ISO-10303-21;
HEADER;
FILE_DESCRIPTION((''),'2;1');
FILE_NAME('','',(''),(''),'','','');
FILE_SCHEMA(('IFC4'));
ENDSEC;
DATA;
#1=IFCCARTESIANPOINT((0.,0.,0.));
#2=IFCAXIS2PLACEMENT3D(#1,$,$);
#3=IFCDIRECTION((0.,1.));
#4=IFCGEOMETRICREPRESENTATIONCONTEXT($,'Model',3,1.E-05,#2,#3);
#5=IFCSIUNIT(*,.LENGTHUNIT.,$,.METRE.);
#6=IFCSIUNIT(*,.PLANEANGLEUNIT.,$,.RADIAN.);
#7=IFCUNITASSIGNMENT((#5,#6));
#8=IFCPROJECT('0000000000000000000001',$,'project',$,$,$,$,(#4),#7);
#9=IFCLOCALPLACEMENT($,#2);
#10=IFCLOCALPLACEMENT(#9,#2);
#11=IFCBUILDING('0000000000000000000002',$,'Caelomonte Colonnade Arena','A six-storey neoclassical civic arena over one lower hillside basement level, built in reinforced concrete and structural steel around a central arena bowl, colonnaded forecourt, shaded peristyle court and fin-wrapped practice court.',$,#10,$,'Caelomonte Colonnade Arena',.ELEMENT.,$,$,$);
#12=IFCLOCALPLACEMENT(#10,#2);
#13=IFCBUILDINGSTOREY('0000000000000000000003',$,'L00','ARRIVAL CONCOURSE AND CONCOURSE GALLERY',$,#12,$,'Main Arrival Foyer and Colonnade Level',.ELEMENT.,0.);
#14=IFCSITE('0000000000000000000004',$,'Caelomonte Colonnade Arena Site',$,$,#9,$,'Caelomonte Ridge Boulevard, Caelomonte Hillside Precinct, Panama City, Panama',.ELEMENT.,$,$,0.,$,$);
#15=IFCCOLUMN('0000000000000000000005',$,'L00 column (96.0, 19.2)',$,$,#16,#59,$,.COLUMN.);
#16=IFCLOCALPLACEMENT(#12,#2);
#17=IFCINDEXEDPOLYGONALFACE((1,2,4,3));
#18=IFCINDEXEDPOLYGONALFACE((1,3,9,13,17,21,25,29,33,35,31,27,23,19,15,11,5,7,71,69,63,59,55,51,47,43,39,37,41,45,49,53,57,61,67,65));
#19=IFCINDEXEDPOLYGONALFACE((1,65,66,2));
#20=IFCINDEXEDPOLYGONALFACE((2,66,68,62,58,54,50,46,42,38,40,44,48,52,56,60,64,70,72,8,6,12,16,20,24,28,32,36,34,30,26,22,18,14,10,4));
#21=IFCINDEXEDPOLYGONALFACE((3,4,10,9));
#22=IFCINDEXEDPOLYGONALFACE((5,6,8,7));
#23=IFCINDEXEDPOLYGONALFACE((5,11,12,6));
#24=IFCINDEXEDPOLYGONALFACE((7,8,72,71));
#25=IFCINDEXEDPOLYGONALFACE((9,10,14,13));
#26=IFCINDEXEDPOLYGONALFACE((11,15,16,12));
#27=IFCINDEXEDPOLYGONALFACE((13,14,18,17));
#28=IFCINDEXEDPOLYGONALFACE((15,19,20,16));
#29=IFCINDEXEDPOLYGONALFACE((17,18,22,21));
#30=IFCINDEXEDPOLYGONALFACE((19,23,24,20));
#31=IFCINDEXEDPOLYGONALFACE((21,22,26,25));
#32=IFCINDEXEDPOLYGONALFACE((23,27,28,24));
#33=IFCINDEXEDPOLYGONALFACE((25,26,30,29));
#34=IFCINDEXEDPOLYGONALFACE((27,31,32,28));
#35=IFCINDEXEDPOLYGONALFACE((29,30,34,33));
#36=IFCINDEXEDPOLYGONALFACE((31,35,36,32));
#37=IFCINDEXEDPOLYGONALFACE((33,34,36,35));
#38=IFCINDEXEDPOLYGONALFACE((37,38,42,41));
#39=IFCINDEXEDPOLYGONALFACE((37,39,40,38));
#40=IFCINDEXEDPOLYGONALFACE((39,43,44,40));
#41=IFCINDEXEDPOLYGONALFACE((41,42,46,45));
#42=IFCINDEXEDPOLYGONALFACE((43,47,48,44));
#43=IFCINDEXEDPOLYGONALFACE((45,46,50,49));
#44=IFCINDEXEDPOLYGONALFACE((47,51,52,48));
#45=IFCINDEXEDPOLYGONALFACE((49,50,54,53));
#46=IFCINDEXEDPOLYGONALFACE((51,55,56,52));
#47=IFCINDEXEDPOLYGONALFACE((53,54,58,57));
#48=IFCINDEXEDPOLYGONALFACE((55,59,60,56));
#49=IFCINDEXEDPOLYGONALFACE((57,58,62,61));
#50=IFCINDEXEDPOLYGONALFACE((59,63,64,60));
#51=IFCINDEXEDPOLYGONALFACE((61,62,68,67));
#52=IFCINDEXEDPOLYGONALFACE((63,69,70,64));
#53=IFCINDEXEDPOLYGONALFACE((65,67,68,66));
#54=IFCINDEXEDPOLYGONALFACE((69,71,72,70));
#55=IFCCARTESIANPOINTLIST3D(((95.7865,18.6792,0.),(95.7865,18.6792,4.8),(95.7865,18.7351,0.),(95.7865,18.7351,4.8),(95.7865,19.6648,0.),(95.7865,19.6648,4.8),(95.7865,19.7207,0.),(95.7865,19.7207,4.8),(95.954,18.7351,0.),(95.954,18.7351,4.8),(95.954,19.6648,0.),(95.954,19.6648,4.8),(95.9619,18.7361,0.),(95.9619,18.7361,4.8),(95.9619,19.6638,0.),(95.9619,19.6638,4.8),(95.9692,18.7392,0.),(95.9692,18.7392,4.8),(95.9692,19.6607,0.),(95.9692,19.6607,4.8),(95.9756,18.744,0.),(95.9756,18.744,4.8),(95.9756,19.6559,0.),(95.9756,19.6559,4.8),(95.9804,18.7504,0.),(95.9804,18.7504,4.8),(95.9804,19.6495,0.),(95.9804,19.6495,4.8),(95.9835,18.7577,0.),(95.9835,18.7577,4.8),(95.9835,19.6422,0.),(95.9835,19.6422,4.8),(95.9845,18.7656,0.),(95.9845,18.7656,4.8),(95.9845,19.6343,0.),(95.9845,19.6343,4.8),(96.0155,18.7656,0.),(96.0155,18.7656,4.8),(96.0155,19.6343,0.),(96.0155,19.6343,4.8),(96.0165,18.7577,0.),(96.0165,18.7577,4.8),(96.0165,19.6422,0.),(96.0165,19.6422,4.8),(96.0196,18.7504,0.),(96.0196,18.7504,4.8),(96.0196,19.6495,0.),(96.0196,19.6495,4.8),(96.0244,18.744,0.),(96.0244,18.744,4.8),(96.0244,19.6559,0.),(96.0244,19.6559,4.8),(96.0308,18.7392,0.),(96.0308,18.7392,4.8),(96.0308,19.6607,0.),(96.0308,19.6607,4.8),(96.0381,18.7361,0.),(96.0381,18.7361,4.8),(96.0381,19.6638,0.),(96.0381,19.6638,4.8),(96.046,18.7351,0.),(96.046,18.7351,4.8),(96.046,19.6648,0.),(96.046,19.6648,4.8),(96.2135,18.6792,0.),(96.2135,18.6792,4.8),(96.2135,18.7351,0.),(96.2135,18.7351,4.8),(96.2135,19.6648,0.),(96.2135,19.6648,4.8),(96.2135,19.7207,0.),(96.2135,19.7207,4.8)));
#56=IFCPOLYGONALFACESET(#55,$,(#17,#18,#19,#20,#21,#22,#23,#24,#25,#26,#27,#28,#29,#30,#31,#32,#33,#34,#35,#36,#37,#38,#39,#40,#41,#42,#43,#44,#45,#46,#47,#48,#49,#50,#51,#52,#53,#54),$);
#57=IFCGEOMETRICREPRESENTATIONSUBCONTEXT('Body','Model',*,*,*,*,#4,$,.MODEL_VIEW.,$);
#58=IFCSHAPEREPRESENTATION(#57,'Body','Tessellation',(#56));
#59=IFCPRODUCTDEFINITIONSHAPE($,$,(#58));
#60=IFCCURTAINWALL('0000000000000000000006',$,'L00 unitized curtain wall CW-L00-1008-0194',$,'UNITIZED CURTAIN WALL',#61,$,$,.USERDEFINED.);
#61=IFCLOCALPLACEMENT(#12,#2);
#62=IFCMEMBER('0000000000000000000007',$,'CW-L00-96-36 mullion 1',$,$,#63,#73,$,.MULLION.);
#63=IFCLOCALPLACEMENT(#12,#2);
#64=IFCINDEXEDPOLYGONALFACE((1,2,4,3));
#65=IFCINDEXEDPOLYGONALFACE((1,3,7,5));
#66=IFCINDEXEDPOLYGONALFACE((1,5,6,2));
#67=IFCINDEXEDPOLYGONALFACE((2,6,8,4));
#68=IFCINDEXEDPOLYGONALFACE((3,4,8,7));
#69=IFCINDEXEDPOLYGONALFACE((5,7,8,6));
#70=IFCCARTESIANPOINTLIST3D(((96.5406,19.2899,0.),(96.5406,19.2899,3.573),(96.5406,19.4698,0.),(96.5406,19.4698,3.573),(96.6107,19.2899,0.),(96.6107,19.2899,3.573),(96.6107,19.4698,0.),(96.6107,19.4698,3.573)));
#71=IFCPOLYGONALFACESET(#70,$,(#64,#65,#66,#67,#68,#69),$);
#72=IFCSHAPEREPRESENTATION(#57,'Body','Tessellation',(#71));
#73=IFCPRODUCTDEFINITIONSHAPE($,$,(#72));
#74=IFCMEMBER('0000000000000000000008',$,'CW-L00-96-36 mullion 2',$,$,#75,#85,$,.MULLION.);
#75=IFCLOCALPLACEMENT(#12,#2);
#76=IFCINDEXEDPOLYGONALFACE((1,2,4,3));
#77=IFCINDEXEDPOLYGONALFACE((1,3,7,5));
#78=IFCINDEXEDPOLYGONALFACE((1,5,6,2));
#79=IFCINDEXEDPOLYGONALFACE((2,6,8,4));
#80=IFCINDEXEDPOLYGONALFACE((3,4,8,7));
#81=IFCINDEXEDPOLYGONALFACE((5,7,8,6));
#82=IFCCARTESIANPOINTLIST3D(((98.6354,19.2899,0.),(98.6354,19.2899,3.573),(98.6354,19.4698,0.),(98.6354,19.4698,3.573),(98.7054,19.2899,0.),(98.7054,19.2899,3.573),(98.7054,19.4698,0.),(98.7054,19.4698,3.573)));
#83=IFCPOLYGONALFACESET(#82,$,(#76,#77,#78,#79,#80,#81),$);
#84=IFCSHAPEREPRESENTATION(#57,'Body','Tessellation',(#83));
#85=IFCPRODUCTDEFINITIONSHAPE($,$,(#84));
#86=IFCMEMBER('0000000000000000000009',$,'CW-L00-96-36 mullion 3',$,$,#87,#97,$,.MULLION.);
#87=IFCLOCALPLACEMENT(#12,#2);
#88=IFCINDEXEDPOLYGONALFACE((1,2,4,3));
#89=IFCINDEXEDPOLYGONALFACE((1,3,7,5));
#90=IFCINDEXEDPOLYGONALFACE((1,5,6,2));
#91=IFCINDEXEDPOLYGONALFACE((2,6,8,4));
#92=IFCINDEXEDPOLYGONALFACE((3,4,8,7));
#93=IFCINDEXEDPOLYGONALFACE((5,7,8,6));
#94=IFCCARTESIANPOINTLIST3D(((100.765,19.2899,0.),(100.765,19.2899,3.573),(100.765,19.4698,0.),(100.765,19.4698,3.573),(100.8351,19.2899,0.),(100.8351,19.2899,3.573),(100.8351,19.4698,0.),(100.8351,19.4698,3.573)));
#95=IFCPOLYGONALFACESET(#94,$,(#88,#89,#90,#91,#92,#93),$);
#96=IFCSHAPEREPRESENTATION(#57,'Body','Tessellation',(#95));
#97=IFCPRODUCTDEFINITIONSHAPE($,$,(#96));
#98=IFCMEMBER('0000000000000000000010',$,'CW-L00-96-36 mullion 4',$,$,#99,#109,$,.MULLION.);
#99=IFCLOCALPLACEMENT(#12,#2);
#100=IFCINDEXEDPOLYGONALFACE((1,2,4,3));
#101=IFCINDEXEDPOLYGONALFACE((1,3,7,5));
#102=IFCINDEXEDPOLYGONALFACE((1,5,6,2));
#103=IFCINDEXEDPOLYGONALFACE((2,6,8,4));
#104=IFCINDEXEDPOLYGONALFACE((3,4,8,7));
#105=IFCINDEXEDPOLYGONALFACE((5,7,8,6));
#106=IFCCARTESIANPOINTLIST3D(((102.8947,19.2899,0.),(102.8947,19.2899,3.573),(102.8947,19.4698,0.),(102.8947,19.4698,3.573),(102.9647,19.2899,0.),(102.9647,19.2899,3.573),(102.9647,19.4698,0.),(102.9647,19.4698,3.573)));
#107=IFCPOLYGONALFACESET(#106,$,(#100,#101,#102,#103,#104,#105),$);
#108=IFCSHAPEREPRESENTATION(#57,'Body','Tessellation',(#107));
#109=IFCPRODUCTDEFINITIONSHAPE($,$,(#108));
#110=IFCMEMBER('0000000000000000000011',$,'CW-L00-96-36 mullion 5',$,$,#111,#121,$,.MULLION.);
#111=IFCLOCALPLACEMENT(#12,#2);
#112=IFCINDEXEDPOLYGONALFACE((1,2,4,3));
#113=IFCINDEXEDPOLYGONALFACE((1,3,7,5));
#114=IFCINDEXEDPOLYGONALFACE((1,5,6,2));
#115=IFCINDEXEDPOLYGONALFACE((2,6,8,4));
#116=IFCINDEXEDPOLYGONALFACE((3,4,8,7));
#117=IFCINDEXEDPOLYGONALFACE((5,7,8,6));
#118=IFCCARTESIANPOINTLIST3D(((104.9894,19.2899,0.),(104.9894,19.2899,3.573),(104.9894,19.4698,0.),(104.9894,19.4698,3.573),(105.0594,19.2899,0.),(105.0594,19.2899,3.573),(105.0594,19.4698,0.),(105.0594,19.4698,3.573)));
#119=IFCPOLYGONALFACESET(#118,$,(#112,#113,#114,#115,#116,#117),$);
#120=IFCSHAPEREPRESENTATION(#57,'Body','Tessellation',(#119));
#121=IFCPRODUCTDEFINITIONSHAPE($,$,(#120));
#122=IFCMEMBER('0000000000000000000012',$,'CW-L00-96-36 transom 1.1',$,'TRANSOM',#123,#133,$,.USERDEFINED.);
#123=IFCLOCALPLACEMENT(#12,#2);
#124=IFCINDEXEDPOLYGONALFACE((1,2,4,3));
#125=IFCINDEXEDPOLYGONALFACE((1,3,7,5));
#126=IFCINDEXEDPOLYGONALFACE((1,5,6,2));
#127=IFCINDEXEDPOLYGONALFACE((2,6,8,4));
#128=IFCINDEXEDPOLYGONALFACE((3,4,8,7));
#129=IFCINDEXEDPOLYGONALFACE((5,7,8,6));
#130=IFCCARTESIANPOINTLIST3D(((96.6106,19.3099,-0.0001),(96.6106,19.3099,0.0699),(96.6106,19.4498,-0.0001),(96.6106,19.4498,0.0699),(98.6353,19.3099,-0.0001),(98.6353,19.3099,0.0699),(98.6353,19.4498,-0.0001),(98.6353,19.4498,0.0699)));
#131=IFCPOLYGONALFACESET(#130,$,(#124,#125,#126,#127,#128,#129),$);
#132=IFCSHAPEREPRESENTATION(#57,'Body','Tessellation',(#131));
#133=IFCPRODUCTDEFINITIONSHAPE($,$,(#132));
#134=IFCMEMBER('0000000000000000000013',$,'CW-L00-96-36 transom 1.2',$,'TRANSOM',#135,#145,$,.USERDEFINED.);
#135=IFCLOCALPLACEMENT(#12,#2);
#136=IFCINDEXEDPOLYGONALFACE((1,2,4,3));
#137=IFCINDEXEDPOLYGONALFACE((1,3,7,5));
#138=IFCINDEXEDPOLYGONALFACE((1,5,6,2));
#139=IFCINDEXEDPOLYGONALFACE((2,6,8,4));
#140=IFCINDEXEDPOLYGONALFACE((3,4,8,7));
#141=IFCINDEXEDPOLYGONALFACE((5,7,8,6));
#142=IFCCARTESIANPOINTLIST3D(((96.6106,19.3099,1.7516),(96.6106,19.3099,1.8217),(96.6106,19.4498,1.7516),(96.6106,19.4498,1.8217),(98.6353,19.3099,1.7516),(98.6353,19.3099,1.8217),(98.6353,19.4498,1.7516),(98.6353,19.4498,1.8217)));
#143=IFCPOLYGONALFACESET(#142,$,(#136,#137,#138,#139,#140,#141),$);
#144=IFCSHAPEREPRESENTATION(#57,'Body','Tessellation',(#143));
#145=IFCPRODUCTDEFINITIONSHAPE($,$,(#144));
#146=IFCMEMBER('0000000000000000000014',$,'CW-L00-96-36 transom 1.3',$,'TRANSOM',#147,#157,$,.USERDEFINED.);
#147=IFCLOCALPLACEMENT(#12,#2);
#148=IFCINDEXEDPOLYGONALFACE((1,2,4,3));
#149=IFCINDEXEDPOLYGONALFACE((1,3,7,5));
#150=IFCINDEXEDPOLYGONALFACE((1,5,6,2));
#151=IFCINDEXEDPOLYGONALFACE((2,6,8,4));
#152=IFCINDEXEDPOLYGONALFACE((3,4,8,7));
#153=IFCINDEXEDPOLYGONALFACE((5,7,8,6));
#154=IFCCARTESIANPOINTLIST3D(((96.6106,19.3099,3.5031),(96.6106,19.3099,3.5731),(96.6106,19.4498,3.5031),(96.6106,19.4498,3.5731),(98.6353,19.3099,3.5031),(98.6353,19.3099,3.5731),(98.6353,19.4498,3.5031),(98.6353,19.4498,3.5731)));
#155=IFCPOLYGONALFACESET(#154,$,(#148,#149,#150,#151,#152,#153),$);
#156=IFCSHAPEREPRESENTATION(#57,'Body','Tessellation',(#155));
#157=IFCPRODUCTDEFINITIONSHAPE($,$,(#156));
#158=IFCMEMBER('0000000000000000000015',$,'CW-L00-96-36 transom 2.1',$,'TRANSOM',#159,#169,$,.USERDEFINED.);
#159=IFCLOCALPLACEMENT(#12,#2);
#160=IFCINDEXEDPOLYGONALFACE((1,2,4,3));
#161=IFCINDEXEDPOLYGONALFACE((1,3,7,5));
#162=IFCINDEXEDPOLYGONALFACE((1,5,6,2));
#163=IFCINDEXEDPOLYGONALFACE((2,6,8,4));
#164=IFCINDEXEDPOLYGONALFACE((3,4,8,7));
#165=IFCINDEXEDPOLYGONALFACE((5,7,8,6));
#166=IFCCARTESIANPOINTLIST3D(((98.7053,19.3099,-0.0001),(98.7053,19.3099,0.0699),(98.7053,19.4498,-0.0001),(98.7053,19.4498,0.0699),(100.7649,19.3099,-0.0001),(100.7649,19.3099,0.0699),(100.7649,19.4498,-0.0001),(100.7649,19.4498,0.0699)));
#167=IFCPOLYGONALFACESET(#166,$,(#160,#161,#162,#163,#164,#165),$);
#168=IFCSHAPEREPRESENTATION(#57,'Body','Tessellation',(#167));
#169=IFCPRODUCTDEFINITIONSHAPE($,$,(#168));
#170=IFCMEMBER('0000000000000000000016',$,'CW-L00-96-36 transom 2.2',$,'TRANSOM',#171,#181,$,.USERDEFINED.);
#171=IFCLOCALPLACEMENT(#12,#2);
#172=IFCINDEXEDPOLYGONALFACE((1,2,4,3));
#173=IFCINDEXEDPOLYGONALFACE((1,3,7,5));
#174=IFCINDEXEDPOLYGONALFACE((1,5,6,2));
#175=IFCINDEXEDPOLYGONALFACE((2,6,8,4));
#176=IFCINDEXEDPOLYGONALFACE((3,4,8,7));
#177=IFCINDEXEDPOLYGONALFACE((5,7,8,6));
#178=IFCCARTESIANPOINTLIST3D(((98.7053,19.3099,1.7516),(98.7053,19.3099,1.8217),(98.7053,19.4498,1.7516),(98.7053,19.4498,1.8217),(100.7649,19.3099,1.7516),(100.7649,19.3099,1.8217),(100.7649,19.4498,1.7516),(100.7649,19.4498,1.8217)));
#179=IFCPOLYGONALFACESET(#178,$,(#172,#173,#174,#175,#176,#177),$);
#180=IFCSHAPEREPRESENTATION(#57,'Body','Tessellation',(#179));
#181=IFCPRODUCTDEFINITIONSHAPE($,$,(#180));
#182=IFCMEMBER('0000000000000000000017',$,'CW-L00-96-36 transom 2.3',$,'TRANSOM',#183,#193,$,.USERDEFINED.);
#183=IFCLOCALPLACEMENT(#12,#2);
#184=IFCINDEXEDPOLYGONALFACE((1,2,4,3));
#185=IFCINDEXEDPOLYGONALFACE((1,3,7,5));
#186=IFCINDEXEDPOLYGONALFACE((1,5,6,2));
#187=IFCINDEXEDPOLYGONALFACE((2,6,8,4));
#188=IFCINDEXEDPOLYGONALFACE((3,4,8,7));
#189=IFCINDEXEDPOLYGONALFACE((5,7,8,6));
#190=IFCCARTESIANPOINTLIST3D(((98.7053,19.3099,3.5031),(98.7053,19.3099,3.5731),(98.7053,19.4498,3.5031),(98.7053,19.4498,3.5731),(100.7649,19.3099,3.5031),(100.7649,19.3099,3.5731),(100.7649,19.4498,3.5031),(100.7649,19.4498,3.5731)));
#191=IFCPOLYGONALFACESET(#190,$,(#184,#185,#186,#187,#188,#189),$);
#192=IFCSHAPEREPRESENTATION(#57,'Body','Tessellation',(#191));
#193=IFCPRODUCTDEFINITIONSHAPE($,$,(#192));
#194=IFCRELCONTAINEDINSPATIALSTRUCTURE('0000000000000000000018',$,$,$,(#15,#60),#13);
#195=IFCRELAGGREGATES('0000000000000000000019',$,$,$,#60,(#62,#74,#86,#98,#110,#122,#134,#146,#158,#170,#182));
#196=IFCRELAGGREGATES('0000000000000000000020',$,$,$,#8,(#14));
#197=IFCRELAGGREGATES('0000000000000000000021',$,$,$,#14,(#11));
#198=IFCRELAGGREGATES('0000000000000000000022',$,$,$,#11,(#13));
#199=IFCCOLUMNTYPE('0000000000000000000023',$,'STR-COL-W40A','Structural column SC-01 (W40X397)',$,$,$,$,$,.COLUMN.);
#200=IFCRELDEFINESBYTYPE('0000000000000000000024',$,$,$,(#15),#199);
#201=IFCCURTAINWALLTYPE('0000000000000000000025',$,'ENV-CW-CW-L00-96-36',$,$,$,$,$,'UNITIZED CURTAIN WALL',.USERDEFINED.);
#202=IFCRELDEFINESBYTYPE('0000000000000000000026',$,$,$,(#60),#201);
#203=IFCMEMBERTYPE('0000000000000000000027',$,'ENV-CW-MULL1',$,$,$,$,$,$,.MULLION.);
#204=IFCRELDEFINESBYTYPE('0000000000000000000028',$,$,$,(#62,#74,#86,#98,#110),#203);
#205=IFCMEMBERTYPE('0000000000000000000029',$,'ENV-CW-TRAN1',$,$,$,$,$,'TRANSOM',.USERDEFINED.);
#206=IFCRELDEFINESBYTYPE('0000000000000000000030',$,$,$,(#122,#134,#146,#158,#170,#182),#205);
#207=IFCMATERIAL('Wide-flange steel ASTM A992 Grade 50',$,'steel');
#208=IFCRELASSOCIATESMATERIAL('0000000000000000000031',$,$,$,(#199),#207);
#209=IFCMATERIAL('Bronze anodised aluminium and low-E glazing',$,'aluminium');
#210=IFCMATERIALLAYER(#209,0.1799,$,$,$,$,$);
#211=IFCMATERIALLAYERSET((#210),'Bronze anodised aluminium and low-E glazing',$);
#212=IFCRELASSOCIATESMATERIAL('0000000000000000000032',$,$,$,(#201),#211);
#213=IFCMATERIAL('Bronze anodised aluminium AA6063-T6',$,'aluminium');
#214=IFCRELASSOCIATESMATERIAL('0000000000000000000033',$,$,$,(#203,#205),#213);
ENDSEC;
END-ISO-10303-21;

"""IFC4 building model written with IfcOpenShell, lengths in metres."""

from ifc_helpers import new_model, si_unit, direction, frame, origin, origin_2d, place, context, subcontext, project, spatial, rectangle, i_section, extrude, material, layer, layer_set, material_profile, profile_set, type_object, element, aggregate, save


model = new_model("IFC4")

# Units and contexts
model_context = context("Model", 3, precision=1e-05, world=origin(), true_north=direction((0.0, 1.0)))
body_context = subcontext(model_context, "Body", "Model", "MODEL_VIEW")
ifc_project = project(units=[si_unit("LENGTHUNIT", "METRE"), si_unit("PLANEANGLEUNIT", "RADIAN")], contexts=[model_context])

# Site, building, storey
site_placement = place(None, origin())
site = spatial("IfcSite", under=ifc_project, at=site_placement, Name="Caelomonte Colonnade Arena Site", LongName="Caelomonte Ridge Boulevard, Caelomonte Hillside Precinct, Panama City, Panama", CompositionType="ELEMENT", RefElevation=0.0)
building_placement = place(site_placement, origin())
building = spatial("IfcBuilding", under=site, at=building_placement, Name="Caelomonte Colonnade Arena", Description="A six-storey neoclassical civic arena over one lower hillside basement level, built in reinforced concrete and structural steel around a central arena bowl, colonnaded forecourt, shaded peristyle court and fin-wrapped practice court.", LongName="Caelomonte Colonnade Arena", CompositionType="ELEMENT")
storey_placement = place(building_placement, origin())
storey = spatial("IfcBuildingStorey", under=building, at=storey_placement, Name="L00", Description="ARRIVAL CONCOURSE AND CONCOURSE GALLERY", LongName="Main Arrival Foyer and Colonnade Level", CompositionType="ELEMENT", Elevation=0.0)

# Column
ifc_material_1 = material(Name="Wide-flange steel ASTM A992 Grade 50", Category="steel")
ifc_material_profile_1 = material_profile(ifc_material_1, i_section(OverallWidth=0.427, OverallDepth=1.0415, WebThickness=0.031, FlangeThickness=0.0559, FilletRadius=0.0305, at=origin_2d()), Name="W40X397")
ifc_profile_set_1 = profile_set([ifc_material_profile_1], Name="Wide-flange steel ASTM A992 Grade 50")
column_type = type_object("IfcColumnType", Name="STR-COL-W40A", Description="Structural column SC-01 (W40X397)", PredefinedType="COLUMN", material=ifc_profile_set_1)
column_placement = place(storey_placement, frame((96.0, 19.2, 0.0), z_axis=(0.0, 0.0, 1.0), x_axis=(1.0, 0.0, 0.0)))
element("IfcColumn", 1, at=column_placement, inside=storey, type_object=column_type, Name="L00 column (96.0, 19.2)", PredefinedType="COLUMN", context=body_context, shape_type="SweptSolid", body=[
    extrude(i_section(OverallWidth=0.427, OverallDepth=1.0415, WebThickness=0.031, FlangeThickness=0.0559, FilletRadius=0.0305, at=origin_2d()), origin(), (0.0, 0.0, 1.0), 4.8),
])

# Curtain wall, members
ifc_material_2 = material(Name="Bronze anodised aluminium and low-E glazing", Category="aluminium")
ifc_layer_1 = layer(ifc_material_2, 0.1799)
ifc_layer_set_1 = layer_set([ifc_layer_1], Name="Bronze anodised aluminium and low-E glazing")
curtain_wall_type = type_object("IfcCurtainWallType", Name="ENV-CW-CW-L00-96-36", ElementType="UNITIZED CURTAIN WALL", PredefinedType="USERDEFINED", material=ifc_layer_set_1)
curtain_wall_placement = place(storey_placement, origin())
curtain_wall = element("IfcCurtainWall", 2, at=curtain_wall_placement, inside=storey, type_object=curtain_wall_type, Name="L00 unitized curtain wall CW-L00-1008-0194", ObjectType="UNITIZED CURTAIN WALL", PredefinedType="USERDEFINED")
ifc_material_3 = material(Name="Bronze anodised aluminium AA6063-T6", Category="aluminium")
ifc_material_profile_2 = material_profile(ifc_material_3, rectangle(XDim=0.0701, YDim=0.1799, at=origin_2d()), Name="CWM-70X180")
ifc_profile_set_2 = profile_set([ifc_material_profile_2], Name="Bronze anodised aluminium AA6063-T6")
member_type_1 = type_object("IfcMemberType", Name="ENV-CW-MULL1", PredefinedType="MULLION", material=ifc_profile_set_2)
member_1_placement = place(storey_placement, frame((96.5757, 19.3799, 0.0), z_axis=(0.0, 0.0, 1.0), x_axis=(1.0, 0.0, 0.0)))
member_1 = element("IfcMember", 3, at=member_1_placement, type_object=member_type_1, Name="CW-L00-96-36 mullion 1", PredefinedType="MULLION", context=body_context, shape_type="SweptSolid", body=[
    extrude(rectangle(XDim=0.0701, YDim=0.1799, at=origin_2d()), origin(), (0.0, 0.0, 1.0), 3.573),
])
member_2_placement = place(storey_placement, frame((98.6704, 19.3799, 0.0), z_axis=(0.0, 0.0, 1.0), x_axis=(1.0, 0.0, 0.0)))
member_2 = element("IfcMember", 4, at=member_2_placement, type_object=member_type_1, Name="CW-L00-96-36 mullion 2", PredefinedType="MULLION", context=body_context, shape_type="SweptSolid", body=[
    extrude(rectangle(XDim=0.0701, YDim=0.1799, at=origin_2d()), origin(), (0.0, 0.0, 1.0), 3.573),
])
member_3_placement = place(storey_placement, frame((100.8, 19.3799, 0.0), z_axis=(0.0, 0.0, 1.0), x_axis=(1.0, 0.0, 0.0)))
member_3 = element("IfcMember", 5, at=member_3_placement, type_object=member_type_1, Name="CW-L00-96-36 mullion 3", PredefinedType="MULLION", context=body_context, shape_type="SweptSolid", body=[
    extrude(rectangle(XDim=0.0701, YDim=0.1799, at=origin_2d()), origin(), (0.0, 0.0, 1.0), 3.573),
])
member_4_placement = place(storey_placement, frame((102.9297, 19.3799, 0.0), z_axis=(0.0, 0.0, 1.0), x_axis=(1.0, 0.0, 0.0)))
member_4 = element("IfcMember", 6, at=member_4_placement, type_object=member_type_1, Name="CW-L00-96-36 mullion 4", PredefinedType="MULLION", context=body_context, shape_type="SweptSolid", body=[
    extrude(rectangle(XDim=0.0701, YDim=0.1799, at=origin_2d()), origin(), (0.0, 0.0, 1.0), 3.573),
])
member_5_placement = place(storey_placement, frame((105.0244, 19.3799, 0.0), z_axis=(0.0, 0.0, 1.0), x_axis=(1.0, 0.0, 0.0)))
member_5 = element("IfcMember", 7, at=member_5_placement, type_object=member_type_1, Name="CW-L00-96-36 mullion 5", PredefinedType="MULLION", context=body_context, shape_type="SweptSolid", body=[
    extrude(rectangle(XDim=0.0701, YDim=0.1799, at=origin_2d()), origin(), (0.0, 0.0, 1.0), 3.573),
])
ifc_material_profile_3 = material_profile(ifc_material_3, rectangle(XDim=0.0701, YDim=0.1399, at=origin_2d()), Name="CWT-70X140")
ifc_profile_set_3 = profile_set([ifc_material_profile_3], Name="Bronze anodised aluminium AA6063-T6")
member_type_2 = type_object("IfcMemberType", Name="ENV-CW-TRAN1", ElementType="TRANSOM", PredefinedType="USERDEFINED", material=ifc_profile_set_3)
member_6_placement = place(storey_placement, frame((96.6106, 19.3799, 0.0349), z_axis=(1.0, 0.0, 0.0), x_axis=(0.0, 0.0, 1.0)))
member_6 = element("IfcMember", 8, at=member_6_placement, type_object=member_type_2, Name="CW-L00-96-36 transom 1.1", ObjectType="TRANSOM", PredefinedType="USERDEFINED", context=body_context, shape_type="SweptSolid", body=[
    extrude(rectangle(XDim=0.0701, YDim=0.1399, at=origin_2d()), origin(), (0.0, 0.0, 1.0), 2.0247),
])
member_7_placement = place(storey_placement, frame((96.6106, 19.3799, 1.7866), z_axis=(1.0, 0.0, 0.0), x_axis=(0.0, 0.0, 1.0)))
member_7 = element("IfcMember", 9, at=member_7_placement, type_object=member_type_2, Name="CW-L00-96-36 transom 1.2", ObjectType="TRANSOM", PredefinedType="USERDEFINED", context=body_context, shape_type="SweptSolid", body=[
    extrude(rectangle(XDim=0.0701, YDim=0.1399, at=origin_2d()), origin(), (0.0, 0.0, 1.0), 2.0247),
])
member_8_placement = place(storey_placement, frame((96.6106, 19.3799, 3.5381), z_axis=(1.0, 0.0, 0.0), x_axis=(0.0, 0.0, 1.0)))
member_8 = element("IfcMember", 10, at=member_8_placement, type_object=member_type_2, Name="CW-L00-96-36 transom 1.3", ObjectType="TRANSOM", PredefinedType="USERDEFINED", context=body_context, shape_type="SweptSolid", body=[
    extrude(rectangle(XDim=0.0701, YDim=0.1399, at=origin_2d()), origin(), (0.0, 0.0, 1.0), 2.0247),
])
member_9_placement = place(storey_placement, frame((98.7053, 19.3799, 0.0349), z_axis=(1.0, 0.0, 0.0), x_axis=(0.0, 0.0, 1.0)))
member_9 = element("IfcMember", 11, at=member_9_placement, type_object=member_type_2, Name="CW-L00-96-36 transom 2.1", ObjectType="TRANSOM", PredefinedType="USERDEFINED", context=body_context, shape_type="SweptSolid", body=[
    extrude(rectangle(XDim=0.0701, YDim=0.1399, at=origin_2d()), origin(), (0.0, 0.0, 1.0), 2.0596),
])
member_10_placement = place(storey_placement, frame((98.7053, 19.3799, 1.7866), z_axis=(1.0, 0.0, 0.0), x_axis=(0.0, 0.0, 1.0)))
member_10 = element("IfcMember", 12, at=member_10_placement, type_object=member_type_2, Name="CW-L00-96-36 transom 2.2", ObjectType="TRANSOM", PredefinedType="USERDEFINED", context=body_context, shape_type="SweptSolid", body=[
    extrude(rectangle(XDim=0.0701, YDim=0.1399, at=origin_2d()), origin(), (0.0, 0.0, 1.0), 2.0596),
])
member_11_placement = place(storey_placement, frame((98.7053, 19.3799, 3.5381), z_axis=(1.0, 0.0, 0.0), x_axis=(0.0, 0.0, 1.0)))
member_11 = element("IfcMember", 13, at=member_11_placement, type_object=member_type_2, Name="CW-L00-96-36 transom 2.3", ObjectType="TRANSOM", PredefinedType="USERDEFINED", context=body_context, shape_type="SweptSolid", body=[
    extrude(rectangle(XDim=0.0701, YDim=0.1399, at=origin_2d()), origin(), (0.0, 0.0, 1.0), 2.0596),
])

aggregate(curtain_wall, [member_1, member_2, member_3, member_4, member_5, member_6, member_7, member_8, member_9, member_10, member_11])

save(model, "model.ifc")
